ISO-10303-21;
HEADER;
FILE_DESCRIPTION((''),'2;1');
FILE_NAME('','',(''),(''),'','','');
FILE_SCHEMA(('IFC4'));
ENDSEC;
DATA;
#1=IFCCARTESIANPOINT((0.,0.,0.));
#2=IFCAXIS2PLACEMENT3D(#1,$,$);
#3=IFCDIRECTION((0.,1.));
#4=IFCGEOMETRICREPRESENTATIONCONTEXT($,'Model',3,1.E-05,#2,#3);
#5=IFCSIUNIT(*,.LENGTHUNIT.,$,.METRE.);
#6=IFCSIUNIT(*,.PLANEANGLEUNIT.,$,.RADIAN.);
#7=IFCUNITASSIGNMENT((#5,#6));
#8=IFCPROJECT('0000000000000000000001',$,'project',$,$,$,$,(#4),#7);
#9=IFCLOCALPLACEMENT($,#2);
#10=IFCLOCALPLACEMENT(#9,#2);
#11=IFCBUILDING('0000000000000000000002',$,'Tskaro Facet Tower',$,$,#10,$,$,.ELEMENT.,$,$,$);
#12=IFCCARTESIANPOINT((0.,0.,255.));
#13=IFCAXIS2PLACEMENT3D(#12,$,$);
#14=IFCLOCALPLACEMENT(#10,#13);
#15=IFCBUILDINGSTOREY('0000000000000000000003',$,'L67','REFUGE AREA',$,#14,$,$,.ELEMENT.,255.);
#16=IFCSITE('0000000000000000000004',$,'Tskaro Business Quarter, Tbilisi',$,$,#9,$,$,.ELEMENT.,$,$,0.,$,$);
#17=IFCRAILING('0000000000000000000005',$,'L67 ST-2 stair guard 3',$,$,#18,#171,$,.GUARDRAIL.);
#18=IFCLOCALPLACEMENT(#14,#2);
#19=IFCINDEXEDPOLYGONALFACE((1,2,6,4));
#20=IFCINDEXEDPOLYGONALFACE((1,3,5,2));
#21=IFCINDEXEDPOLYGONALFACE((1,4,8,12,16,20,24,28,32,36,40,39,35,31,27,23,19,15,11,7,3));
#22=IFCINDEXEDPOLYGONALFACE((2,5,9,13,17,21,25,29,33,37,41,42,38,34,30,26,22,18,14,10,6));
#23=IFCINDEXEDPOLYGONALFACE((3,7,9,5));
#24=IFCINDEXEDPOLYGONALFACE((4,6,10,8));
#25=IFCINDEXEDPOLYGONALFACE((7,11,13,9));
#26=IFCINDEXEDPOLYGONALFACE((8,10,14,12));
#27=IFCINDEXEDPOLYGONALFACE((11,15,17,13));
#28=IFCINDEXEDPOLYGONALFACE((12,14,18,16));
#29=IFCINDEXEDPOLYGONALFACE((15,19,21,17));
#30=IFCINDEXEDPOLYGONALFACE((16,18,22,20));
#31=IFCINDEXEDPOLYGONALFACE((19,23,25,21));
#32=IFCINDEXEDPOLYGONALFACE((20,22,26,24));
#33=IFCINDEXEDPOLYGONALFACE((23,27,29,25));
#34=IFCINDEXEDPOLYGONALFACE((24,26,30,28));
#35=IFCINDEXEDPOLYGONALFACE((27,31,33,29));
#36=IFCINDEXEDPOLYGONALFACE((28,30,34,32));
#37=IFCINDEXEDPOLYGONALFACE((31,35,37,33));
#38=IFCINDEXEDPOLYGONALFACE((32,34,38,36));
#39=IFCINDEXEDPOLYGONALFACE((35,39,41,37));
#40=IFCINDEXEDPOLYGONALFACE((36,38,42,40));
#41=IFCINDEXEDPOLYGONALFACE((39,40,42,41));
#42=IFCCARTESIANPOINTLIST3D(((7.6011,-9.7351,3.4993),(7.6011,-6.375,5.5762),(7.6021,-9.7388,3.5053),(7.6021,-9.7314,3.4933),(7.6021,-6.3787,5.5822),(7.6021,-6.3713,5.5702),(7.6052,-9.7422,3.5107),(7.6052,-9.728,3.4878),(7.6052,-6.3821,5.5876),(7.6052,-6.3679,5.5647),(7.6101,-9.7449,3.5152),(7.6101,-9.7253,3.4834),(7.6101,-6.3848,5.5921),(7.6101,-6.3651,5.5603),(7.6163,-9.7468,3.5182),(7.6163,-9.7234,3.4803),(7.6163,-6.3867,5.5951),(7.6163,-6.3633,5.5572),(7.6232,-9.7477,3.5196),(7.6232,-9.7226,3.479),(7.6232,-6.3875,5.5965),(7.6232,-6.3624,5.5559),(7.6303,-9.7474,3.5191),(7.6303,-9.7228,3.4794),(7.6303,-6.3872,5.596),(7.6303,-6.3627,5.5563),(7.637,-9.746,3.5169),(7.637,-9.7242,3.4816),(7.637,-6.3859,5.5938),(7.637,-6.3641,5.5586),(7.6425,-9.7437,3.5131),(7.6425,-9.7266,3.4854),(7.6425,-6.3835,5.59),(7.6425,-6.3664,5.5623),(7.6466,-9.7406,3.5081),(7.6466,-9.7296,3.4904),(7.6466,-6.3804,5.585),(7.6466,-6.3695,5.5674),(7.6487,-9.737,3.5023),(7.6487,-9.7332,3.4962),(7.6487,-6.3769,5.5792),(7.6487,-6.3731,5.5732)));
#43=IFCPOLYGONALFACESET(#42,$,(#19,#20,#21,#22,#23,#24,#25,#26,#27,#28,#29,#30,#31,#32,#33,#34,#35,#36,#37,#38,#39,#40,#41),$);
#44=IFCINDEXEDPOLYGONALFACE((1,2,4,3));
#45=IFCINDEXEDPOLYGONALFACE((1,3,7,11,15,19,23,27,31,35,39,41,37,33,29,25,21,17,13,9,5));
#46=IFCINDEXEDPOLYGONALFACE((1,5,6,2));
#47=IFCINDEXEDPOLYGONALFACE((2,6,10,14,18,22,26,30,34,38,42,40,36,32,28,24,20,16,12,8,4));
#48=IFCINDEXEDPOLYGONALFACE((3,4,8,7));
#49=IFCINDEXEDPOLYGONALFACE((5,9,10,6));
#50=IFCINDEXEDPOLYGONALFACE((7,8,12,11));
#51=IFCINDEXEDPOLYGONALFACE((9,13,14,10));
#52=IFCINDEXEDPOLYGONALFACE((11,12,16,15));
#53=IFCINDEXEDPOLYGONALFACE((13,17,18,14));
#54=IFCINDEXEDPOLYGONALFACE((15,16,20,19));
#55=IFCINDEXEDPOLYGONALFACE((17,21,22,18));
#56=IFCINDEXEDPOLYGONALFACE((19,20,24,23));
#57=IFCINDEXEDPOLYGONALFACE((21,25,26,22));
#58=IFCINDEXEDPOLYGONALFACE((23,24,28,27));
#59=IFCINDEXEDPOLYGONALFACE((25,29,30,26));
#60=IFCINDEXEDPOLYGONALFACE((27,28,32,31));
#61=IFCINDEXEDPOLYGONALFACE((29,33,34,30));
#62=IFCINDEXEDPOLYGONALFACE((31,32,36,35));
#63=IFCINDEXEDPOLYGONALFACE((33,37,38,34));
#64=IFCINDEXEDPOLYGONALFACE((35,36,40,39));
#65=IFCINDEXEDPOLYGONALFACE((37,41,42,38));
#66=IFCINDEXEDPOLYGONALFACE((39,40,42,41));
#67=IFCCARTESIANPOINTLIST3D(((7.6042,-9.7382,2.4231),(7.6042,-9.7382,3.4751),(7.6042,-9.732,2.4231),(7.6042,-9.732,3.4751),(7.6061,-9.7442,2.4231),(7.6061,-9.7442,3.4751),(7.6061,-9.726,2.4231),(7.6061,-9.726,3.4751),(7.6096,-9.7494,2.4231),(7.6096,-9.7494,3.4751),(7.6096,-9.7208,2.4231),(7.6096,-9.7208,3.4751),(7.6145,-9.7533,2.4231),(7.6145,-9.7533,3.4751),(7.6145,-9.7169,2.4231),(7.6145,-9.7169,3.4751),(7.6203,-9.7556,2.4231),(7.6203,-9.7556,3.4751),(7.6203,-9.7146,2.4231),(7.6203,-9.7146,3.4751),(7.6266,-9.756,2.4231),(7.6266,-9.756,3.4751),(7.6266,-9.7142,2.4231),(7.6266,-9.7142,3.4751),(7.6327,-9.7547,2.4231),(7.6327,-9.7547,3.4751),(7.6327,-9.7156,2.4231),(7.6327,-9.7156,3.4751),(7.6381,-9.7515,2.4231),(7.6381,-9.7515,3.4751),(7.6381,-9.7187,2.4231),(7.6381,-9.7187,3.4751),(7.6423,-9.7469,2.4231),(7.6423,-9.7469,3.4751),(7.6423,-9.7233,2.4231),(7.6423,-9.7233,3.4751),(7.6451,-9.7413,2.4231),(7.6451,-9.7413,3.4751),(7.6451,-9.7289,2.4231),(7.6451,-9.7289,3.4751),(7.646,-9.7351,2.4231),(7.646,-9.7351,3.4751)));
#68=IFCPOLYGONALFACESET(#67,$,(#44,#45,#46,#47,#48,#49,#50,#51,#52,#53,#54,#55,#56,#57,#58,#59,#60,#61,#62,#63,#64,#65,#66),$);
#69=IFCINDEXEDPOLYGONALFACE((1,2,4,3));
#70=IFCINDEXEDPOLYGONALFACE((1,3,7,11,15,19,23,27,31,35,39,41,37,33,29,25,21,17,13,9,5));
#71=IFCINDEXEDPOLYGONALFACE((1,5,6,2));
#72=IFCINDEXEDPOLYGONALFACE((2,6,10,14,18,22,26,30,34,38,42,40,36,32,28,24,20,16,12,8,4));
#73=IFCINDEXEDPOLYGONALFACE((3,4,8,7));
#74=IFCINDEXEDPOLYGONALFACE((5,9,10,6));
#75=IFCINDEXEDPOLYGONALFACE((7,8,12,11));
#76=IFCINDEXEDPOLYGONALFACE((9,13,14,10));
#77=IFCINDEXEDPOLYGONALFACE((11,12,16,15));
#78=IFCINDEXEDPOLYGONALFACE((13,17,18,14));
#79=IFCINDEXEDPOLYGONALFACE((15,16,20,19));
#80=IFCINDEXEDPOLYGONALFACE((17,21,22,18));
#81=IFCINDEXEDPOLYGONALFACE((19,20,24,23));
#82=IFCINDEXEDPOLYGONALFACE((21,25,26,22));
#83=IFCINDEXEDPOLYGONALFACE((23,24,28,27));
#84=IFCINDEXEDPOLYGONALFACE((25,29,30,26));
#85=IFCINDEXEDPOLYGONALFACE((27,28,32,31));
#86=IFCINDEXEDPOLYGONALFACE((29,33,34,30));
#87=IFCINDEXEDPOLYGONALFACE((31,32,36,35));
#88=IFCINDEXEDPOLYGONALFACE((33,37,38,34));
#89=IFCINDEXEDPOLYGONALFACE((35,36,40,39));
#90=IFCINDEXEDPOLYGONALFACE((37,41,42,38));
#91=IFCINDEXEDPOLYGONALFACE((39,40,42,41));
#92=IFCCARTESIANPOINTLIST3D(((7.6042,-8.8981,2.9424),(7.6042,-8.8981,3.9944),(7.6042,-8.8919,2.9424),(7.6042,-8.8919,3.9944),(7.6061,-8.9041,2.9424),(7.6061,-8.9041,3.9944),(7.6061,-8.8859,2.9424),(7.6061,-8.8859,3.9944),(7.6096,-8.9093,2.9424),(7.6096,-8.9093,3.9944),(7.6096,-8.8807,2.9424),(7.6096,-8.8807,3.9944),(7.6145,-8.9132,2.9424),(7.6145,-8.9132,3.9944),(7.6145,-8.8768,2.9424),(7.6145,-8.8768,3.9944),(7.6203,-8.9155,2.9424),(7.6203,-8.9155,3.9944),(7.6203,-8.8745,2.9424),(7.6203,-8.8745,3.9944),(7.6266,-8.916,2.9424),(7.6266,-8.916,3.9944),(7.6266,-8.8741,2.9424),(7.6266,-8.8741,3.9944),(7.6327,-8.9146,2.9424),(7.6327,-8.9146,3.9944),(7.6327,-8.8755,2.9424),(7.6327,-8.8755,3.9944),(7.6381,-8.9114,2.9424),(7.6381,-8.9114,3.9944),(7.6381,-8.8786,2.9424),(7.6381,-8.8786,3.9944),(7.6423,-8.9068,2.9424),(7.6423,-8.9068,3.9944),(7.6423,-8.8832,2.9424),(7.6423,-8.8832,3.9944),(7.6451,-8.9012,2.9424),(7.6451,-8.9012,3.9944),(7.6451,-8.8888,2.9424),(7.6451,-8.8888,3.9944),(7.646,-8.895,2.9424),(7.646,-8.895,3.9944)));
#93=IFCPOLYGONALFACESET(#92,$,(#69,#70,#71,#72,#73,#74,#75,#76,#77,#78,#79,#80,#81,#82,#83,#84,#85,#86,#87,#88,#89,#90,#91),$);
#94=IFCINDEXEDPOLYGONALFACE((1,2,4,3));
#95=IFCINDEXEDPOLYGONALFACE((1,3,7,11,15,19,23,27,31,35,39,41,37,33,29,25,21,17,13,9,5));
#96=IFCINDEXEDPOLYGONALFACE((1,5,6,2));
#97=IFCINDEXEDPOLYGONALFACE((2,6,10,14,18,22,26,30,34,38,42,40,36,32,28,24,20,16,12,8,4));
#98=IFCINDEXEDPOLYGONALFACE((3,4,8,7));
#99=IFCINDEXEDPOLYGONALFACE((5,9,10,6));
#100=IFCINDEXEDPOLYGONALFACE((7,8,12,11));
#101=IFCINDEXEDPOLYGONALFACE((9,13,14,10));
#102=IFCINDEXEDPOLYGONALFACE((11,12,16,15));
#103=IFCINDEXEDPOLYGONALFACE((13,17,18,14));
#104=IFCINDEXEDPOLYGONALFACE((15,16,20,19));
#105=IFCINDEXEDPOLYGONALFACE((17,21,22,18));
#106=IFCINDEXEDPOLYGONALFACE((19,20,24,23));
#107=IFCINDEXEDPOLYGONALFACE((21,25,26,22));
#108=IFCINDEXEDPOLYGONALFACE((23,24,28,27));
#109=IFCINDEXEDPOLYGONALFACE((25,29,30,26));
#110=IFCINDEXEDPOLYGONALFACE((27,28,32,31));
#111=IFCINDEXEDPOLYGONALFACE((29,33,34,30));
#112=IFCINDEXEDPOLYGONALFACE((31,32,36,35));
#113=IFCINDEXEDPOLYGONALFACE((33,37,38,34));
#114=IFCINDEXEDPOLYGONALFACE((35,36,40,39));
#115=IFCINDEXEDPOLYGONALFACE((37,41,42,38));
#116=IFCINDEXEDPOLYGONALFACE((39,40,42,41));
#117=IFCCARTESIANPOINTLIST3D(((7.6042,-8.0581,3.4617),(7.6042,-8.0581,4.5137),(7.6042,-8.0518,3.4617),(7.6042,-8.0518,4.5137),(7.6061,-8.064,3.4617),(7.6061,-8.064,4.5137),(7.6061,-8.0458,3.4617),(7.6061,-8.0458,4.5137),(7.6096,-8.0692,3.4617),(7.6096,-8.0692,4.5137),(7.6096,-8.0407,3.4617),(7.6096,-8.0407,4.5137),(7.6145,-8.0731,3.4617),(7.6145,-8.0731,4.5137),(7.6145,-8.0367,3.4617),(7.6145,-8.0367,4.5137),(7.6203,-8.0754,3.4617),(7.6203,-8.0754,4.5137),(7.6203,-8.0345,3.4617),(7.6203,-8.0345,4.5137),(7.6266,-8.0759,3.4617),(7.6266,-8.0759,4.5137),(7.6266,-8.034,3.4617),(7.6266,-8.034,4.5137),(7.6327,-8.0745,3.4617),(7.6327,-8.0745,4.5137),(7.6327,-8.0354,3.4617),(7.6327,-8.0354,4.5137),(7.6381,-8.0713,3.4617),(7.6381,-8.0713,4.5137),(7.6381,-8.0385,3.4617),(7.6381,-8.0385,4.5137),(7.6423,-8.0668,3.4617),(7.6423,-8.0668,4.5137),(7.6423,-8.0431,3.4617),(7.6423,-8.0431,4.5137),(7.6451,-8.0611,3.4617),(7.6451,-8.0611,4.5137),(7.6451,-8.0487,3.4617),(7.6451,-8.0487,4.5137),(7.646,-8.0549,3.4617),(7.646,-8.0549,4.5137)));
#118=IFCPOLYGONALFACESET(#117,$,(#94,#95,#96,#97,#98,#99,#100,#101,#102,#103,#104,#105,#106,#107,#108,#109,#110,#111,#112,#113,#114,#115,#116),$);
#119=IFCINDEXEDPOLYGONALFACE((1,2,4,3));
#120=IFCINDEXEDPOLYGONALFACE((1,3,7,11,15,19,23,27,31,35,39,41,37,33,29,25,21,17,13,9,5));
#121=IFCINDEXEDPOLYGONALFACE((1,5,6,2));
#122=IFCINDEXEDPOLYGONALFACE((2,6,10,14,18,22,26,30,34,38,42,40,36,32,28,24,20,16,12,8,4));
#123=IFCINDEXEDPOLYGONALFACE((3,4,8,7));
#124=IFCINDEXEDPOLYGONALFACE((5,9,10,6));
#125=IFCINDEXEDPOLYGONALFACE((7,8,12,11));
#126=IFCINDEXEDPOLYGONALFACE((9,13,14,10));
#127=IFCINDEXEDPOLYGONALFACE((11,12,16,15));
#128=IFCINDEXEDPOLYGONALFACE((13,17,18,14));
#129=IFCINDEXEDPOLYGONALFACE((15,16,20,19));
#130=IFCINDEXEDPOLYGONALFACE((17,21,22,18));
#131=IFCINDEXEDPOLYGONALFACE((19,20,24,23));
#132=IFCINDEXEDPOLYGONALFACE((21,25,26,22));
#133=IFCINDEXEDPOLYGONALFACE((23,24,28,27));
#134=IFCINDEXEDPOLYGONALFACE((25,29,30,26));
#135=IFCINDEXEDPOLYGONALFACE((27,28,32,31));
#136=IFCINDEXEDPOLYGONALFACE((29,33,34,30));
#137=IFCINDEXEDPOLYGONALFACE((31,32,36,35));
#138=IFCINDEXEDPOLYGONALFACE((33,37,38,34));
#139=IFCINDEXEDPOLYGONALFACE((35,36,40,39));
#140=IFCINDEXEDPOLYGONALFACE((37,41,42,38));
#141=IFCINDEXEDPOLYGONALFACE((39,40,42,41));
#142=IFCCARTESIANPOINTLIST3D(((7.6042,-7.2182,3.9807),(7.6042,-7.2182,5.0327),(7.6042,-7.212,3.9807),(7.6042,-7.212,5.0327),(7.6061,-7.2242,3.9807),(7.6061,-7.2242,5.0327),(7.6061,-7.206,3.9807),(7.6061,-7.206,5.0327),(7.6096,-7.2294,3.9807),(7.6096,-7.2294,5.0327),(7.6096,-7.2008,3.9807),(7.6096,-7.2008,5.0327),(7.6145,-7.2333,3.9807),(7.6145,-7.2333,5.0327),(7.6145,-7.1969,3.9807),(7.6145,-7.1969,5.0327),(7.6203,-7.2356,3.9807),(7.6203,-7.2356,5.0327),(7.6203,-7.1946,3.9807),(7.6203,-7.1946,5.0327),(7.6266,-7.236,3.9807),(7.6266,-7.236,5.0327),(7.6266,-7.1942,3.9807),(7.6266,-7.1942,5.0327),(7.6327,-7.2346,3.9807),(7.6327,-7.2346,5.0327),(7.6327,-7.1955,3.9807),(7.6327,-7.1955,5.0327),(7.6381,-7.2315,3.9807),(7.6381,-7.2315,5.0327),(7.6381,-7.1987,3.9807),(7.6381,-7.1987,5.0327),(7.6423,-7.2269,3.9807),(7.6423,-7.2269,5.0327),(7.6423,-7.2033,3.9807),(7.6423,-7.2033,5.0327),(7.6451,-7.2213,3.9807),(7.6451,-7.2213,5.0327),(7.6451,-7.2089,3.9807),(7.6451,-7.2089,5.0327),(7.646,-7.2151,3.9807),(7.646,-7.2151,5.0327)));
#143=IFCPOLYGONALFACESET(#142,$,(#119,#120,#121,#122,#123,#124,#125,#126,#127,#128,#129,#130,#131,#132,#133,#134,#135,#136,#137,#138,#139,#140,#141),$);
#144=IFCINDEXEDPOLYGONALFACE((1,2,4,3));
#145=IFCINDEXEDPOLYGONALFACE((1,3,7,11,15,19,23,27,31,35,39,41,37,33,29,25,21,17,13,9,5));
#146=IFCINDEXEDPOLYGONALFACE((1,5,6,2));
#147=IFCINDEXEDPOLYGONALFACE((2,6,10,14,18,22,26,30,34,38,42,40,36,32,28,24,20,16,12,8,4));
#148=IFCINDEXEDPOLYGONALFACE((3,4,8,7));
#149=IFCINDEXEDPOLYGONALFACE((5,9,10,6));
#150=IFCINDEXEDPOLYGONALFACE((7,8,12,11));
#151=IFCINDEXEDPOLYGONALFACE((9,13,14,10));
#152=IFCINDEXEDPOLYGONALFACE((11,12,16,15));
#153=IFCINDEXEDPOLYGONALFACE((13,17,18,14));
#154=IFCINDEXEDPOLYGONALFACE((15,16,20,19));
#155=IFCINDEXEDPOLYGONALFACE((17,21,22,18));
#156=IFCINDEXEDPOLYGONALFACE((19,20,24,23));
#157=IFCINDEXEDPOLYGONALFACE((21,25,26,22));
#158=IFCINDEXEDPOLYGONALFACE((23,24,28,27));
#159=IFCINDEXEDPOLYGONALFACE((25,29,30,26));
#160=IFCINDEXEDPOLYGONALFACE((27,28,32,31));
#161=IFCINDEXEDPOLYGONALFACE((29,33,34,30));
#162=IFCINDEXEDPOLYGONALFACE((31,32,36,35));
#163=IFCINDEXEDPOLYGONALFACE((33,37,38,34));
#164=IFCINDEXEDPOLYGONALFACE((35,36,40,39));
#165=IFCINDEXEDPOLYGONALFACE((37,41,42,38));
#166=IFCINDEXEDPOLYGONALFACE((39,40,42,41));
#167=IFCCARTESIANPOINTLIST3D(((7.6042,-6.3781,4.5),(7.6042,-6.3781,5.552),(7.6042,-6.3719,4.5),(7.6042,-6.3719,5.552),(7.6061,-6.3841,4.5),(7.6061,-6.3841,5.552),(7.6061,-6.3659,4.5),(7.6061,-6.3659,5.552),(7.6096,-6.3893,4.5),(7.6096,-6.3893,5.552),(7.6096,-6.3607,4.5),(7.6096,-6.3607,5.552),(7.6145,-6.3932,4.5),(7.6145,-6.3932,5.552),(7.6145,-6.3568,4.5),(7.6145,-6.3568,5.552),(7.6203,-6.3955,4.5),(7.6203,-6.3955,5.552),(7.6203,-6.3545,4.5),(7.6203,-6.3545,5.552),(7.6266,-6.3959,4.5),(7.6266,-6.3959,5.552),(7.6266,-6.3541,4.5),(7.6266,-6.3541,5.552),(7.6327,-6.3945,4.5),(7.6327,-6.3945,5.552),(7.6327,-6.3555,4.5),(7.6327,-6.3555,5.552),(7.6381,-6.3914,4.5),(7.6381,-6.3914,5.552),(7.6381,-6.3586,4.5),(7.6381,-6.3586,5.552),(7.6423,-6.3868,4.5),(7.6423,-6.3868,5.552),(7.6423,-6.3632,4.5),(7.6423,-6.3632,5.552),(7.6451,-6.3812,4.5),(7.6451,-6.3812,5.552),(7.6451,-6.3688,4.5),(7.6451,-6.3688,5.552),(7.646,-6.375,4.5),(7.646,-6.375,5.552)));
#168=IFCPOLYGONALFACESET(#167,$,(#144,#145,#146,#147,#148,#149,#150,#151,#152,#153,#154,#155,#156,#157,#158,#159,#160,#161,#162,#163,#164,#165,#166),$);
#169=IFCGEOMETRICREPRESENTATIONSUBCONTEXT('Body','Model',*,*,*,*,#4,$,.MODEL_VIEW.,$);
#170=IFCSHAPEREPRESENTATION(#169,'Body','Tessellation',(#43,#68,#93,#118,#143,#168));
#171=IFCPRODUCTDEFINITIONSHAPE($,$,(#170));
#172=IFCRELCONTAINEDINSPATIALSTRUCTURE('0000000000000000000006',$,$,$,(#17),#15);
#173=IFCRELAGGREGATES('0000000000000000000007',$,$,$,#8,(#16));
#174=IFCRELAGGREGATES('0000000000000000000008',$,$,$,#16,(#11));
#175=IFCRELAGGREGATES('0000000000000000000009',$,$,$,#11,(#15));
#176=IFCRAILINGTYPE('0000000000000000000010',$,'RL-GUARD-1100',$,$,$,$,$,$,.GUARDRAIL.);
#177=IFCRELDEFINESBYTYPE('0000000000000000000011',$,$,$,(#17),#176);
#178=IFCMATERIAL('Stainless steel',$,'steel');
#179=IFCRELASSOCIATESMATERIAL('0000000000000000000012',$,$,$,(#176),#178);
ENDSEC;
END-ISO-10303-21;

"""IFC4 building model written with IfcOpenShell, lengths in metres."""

from ifc_helpers import new_model, si_unit, direction, frame, origin, origin_2d, place, context, subcontext, project, spatial, circle, extrude, material, type_object, element, save


model = new_model("IFC4")

# Units and contexts
model_context = context("Model", 3, precision=1e-05, world=origin(), true_north=direction((0.0, 1.0)))
body_context = subcontext(model_context, "Body", "Model", "MODEL_VIEW")
ifc_project = project(units=[si_unit("LENGTHUNIT", "METRE"), si_unit("PLANEANGLEUNIT", "RADIAN")], contexts=[model_context])

# Site, building, storey
site_placement = place(None, origin())
site = spatial("IfcSite", under=ifc_project, at=site_placement, Name="Tskaro Business Quarter, Tbilisi", CompositionType="ELEMENT", RefElevation=0.0)
building_placement = place(site_placement, origin())
building = spatial("IfcBuilding", under=site, at=building_placement, Name="Tskaro Facet Tower", CompositionType="ELEMENT")
storey_placement = place(building_placement, frame((0.0, 0.0, 255.0)))
storey = spatial("IfcBuildingStorey", under=building, at=storey_placement, Name="L67", Description="REFUGE AREA", CompositionType="ELEMENT", Elevation=255.0)

# Railing
ifc_material_1 = material(Name="Stainless steel", Category="steel")
railing_type_1 = type_object("IfcRailingType", Name="RL-GUARD-1100", PredefinedType="GUARDRAIL", material=ifc_material_1)
railing_1_placement = place(storey_placement, frame((7.625, -9.7351, 2.4231)))
element("IfcRailing", 1, at=railing_1_placement, inside=storey, type_object=railing_type_1, Name="L67 ST-2 stair guard 3", PredefinedType="GUARDRAIL", context=body_context, shape_type="SweptSolid", body=[
    extrude(circle(Radius=0.0239, at=origin_2d()), frame((0.0, 0.0, 1.0762), z_axis=(0.0, 0.850623, 0.525776), x_axis=(-1.0, 0.0, 0.0)), (0.0, 0.0, 1.0), 3.9502),
    extrude(circle(Radius=0.021, at=origin_2d()), origin(), (0.0, 0.0, 1.0), 1.052),
    extrude(circle(Radius=0.021, at=origin_2d()), frame((0.0, 0.8401, 0.5193)), (0.0, 0.0, 1.0), 1.052),
    extrude(circle(Radius=0.021, at=origin_2d()), frame((0.0, 1.6802, 1.0386)), (0.0, 0.0, 1.0), 1.052),
    extrude(circle(Radius=0.021, at=origin_2d()), frame((0.0, 2.52, 1.5576)), (0.0, 0.0, 1.0), 1.052),
    extrude(circle(Radius=0.021, at=origin_2d()), frame((0.0, 3.3601, 2.0769)), (0.0, 0.0, 1.0), 1.052),
])

save(model, "model.ifc")
